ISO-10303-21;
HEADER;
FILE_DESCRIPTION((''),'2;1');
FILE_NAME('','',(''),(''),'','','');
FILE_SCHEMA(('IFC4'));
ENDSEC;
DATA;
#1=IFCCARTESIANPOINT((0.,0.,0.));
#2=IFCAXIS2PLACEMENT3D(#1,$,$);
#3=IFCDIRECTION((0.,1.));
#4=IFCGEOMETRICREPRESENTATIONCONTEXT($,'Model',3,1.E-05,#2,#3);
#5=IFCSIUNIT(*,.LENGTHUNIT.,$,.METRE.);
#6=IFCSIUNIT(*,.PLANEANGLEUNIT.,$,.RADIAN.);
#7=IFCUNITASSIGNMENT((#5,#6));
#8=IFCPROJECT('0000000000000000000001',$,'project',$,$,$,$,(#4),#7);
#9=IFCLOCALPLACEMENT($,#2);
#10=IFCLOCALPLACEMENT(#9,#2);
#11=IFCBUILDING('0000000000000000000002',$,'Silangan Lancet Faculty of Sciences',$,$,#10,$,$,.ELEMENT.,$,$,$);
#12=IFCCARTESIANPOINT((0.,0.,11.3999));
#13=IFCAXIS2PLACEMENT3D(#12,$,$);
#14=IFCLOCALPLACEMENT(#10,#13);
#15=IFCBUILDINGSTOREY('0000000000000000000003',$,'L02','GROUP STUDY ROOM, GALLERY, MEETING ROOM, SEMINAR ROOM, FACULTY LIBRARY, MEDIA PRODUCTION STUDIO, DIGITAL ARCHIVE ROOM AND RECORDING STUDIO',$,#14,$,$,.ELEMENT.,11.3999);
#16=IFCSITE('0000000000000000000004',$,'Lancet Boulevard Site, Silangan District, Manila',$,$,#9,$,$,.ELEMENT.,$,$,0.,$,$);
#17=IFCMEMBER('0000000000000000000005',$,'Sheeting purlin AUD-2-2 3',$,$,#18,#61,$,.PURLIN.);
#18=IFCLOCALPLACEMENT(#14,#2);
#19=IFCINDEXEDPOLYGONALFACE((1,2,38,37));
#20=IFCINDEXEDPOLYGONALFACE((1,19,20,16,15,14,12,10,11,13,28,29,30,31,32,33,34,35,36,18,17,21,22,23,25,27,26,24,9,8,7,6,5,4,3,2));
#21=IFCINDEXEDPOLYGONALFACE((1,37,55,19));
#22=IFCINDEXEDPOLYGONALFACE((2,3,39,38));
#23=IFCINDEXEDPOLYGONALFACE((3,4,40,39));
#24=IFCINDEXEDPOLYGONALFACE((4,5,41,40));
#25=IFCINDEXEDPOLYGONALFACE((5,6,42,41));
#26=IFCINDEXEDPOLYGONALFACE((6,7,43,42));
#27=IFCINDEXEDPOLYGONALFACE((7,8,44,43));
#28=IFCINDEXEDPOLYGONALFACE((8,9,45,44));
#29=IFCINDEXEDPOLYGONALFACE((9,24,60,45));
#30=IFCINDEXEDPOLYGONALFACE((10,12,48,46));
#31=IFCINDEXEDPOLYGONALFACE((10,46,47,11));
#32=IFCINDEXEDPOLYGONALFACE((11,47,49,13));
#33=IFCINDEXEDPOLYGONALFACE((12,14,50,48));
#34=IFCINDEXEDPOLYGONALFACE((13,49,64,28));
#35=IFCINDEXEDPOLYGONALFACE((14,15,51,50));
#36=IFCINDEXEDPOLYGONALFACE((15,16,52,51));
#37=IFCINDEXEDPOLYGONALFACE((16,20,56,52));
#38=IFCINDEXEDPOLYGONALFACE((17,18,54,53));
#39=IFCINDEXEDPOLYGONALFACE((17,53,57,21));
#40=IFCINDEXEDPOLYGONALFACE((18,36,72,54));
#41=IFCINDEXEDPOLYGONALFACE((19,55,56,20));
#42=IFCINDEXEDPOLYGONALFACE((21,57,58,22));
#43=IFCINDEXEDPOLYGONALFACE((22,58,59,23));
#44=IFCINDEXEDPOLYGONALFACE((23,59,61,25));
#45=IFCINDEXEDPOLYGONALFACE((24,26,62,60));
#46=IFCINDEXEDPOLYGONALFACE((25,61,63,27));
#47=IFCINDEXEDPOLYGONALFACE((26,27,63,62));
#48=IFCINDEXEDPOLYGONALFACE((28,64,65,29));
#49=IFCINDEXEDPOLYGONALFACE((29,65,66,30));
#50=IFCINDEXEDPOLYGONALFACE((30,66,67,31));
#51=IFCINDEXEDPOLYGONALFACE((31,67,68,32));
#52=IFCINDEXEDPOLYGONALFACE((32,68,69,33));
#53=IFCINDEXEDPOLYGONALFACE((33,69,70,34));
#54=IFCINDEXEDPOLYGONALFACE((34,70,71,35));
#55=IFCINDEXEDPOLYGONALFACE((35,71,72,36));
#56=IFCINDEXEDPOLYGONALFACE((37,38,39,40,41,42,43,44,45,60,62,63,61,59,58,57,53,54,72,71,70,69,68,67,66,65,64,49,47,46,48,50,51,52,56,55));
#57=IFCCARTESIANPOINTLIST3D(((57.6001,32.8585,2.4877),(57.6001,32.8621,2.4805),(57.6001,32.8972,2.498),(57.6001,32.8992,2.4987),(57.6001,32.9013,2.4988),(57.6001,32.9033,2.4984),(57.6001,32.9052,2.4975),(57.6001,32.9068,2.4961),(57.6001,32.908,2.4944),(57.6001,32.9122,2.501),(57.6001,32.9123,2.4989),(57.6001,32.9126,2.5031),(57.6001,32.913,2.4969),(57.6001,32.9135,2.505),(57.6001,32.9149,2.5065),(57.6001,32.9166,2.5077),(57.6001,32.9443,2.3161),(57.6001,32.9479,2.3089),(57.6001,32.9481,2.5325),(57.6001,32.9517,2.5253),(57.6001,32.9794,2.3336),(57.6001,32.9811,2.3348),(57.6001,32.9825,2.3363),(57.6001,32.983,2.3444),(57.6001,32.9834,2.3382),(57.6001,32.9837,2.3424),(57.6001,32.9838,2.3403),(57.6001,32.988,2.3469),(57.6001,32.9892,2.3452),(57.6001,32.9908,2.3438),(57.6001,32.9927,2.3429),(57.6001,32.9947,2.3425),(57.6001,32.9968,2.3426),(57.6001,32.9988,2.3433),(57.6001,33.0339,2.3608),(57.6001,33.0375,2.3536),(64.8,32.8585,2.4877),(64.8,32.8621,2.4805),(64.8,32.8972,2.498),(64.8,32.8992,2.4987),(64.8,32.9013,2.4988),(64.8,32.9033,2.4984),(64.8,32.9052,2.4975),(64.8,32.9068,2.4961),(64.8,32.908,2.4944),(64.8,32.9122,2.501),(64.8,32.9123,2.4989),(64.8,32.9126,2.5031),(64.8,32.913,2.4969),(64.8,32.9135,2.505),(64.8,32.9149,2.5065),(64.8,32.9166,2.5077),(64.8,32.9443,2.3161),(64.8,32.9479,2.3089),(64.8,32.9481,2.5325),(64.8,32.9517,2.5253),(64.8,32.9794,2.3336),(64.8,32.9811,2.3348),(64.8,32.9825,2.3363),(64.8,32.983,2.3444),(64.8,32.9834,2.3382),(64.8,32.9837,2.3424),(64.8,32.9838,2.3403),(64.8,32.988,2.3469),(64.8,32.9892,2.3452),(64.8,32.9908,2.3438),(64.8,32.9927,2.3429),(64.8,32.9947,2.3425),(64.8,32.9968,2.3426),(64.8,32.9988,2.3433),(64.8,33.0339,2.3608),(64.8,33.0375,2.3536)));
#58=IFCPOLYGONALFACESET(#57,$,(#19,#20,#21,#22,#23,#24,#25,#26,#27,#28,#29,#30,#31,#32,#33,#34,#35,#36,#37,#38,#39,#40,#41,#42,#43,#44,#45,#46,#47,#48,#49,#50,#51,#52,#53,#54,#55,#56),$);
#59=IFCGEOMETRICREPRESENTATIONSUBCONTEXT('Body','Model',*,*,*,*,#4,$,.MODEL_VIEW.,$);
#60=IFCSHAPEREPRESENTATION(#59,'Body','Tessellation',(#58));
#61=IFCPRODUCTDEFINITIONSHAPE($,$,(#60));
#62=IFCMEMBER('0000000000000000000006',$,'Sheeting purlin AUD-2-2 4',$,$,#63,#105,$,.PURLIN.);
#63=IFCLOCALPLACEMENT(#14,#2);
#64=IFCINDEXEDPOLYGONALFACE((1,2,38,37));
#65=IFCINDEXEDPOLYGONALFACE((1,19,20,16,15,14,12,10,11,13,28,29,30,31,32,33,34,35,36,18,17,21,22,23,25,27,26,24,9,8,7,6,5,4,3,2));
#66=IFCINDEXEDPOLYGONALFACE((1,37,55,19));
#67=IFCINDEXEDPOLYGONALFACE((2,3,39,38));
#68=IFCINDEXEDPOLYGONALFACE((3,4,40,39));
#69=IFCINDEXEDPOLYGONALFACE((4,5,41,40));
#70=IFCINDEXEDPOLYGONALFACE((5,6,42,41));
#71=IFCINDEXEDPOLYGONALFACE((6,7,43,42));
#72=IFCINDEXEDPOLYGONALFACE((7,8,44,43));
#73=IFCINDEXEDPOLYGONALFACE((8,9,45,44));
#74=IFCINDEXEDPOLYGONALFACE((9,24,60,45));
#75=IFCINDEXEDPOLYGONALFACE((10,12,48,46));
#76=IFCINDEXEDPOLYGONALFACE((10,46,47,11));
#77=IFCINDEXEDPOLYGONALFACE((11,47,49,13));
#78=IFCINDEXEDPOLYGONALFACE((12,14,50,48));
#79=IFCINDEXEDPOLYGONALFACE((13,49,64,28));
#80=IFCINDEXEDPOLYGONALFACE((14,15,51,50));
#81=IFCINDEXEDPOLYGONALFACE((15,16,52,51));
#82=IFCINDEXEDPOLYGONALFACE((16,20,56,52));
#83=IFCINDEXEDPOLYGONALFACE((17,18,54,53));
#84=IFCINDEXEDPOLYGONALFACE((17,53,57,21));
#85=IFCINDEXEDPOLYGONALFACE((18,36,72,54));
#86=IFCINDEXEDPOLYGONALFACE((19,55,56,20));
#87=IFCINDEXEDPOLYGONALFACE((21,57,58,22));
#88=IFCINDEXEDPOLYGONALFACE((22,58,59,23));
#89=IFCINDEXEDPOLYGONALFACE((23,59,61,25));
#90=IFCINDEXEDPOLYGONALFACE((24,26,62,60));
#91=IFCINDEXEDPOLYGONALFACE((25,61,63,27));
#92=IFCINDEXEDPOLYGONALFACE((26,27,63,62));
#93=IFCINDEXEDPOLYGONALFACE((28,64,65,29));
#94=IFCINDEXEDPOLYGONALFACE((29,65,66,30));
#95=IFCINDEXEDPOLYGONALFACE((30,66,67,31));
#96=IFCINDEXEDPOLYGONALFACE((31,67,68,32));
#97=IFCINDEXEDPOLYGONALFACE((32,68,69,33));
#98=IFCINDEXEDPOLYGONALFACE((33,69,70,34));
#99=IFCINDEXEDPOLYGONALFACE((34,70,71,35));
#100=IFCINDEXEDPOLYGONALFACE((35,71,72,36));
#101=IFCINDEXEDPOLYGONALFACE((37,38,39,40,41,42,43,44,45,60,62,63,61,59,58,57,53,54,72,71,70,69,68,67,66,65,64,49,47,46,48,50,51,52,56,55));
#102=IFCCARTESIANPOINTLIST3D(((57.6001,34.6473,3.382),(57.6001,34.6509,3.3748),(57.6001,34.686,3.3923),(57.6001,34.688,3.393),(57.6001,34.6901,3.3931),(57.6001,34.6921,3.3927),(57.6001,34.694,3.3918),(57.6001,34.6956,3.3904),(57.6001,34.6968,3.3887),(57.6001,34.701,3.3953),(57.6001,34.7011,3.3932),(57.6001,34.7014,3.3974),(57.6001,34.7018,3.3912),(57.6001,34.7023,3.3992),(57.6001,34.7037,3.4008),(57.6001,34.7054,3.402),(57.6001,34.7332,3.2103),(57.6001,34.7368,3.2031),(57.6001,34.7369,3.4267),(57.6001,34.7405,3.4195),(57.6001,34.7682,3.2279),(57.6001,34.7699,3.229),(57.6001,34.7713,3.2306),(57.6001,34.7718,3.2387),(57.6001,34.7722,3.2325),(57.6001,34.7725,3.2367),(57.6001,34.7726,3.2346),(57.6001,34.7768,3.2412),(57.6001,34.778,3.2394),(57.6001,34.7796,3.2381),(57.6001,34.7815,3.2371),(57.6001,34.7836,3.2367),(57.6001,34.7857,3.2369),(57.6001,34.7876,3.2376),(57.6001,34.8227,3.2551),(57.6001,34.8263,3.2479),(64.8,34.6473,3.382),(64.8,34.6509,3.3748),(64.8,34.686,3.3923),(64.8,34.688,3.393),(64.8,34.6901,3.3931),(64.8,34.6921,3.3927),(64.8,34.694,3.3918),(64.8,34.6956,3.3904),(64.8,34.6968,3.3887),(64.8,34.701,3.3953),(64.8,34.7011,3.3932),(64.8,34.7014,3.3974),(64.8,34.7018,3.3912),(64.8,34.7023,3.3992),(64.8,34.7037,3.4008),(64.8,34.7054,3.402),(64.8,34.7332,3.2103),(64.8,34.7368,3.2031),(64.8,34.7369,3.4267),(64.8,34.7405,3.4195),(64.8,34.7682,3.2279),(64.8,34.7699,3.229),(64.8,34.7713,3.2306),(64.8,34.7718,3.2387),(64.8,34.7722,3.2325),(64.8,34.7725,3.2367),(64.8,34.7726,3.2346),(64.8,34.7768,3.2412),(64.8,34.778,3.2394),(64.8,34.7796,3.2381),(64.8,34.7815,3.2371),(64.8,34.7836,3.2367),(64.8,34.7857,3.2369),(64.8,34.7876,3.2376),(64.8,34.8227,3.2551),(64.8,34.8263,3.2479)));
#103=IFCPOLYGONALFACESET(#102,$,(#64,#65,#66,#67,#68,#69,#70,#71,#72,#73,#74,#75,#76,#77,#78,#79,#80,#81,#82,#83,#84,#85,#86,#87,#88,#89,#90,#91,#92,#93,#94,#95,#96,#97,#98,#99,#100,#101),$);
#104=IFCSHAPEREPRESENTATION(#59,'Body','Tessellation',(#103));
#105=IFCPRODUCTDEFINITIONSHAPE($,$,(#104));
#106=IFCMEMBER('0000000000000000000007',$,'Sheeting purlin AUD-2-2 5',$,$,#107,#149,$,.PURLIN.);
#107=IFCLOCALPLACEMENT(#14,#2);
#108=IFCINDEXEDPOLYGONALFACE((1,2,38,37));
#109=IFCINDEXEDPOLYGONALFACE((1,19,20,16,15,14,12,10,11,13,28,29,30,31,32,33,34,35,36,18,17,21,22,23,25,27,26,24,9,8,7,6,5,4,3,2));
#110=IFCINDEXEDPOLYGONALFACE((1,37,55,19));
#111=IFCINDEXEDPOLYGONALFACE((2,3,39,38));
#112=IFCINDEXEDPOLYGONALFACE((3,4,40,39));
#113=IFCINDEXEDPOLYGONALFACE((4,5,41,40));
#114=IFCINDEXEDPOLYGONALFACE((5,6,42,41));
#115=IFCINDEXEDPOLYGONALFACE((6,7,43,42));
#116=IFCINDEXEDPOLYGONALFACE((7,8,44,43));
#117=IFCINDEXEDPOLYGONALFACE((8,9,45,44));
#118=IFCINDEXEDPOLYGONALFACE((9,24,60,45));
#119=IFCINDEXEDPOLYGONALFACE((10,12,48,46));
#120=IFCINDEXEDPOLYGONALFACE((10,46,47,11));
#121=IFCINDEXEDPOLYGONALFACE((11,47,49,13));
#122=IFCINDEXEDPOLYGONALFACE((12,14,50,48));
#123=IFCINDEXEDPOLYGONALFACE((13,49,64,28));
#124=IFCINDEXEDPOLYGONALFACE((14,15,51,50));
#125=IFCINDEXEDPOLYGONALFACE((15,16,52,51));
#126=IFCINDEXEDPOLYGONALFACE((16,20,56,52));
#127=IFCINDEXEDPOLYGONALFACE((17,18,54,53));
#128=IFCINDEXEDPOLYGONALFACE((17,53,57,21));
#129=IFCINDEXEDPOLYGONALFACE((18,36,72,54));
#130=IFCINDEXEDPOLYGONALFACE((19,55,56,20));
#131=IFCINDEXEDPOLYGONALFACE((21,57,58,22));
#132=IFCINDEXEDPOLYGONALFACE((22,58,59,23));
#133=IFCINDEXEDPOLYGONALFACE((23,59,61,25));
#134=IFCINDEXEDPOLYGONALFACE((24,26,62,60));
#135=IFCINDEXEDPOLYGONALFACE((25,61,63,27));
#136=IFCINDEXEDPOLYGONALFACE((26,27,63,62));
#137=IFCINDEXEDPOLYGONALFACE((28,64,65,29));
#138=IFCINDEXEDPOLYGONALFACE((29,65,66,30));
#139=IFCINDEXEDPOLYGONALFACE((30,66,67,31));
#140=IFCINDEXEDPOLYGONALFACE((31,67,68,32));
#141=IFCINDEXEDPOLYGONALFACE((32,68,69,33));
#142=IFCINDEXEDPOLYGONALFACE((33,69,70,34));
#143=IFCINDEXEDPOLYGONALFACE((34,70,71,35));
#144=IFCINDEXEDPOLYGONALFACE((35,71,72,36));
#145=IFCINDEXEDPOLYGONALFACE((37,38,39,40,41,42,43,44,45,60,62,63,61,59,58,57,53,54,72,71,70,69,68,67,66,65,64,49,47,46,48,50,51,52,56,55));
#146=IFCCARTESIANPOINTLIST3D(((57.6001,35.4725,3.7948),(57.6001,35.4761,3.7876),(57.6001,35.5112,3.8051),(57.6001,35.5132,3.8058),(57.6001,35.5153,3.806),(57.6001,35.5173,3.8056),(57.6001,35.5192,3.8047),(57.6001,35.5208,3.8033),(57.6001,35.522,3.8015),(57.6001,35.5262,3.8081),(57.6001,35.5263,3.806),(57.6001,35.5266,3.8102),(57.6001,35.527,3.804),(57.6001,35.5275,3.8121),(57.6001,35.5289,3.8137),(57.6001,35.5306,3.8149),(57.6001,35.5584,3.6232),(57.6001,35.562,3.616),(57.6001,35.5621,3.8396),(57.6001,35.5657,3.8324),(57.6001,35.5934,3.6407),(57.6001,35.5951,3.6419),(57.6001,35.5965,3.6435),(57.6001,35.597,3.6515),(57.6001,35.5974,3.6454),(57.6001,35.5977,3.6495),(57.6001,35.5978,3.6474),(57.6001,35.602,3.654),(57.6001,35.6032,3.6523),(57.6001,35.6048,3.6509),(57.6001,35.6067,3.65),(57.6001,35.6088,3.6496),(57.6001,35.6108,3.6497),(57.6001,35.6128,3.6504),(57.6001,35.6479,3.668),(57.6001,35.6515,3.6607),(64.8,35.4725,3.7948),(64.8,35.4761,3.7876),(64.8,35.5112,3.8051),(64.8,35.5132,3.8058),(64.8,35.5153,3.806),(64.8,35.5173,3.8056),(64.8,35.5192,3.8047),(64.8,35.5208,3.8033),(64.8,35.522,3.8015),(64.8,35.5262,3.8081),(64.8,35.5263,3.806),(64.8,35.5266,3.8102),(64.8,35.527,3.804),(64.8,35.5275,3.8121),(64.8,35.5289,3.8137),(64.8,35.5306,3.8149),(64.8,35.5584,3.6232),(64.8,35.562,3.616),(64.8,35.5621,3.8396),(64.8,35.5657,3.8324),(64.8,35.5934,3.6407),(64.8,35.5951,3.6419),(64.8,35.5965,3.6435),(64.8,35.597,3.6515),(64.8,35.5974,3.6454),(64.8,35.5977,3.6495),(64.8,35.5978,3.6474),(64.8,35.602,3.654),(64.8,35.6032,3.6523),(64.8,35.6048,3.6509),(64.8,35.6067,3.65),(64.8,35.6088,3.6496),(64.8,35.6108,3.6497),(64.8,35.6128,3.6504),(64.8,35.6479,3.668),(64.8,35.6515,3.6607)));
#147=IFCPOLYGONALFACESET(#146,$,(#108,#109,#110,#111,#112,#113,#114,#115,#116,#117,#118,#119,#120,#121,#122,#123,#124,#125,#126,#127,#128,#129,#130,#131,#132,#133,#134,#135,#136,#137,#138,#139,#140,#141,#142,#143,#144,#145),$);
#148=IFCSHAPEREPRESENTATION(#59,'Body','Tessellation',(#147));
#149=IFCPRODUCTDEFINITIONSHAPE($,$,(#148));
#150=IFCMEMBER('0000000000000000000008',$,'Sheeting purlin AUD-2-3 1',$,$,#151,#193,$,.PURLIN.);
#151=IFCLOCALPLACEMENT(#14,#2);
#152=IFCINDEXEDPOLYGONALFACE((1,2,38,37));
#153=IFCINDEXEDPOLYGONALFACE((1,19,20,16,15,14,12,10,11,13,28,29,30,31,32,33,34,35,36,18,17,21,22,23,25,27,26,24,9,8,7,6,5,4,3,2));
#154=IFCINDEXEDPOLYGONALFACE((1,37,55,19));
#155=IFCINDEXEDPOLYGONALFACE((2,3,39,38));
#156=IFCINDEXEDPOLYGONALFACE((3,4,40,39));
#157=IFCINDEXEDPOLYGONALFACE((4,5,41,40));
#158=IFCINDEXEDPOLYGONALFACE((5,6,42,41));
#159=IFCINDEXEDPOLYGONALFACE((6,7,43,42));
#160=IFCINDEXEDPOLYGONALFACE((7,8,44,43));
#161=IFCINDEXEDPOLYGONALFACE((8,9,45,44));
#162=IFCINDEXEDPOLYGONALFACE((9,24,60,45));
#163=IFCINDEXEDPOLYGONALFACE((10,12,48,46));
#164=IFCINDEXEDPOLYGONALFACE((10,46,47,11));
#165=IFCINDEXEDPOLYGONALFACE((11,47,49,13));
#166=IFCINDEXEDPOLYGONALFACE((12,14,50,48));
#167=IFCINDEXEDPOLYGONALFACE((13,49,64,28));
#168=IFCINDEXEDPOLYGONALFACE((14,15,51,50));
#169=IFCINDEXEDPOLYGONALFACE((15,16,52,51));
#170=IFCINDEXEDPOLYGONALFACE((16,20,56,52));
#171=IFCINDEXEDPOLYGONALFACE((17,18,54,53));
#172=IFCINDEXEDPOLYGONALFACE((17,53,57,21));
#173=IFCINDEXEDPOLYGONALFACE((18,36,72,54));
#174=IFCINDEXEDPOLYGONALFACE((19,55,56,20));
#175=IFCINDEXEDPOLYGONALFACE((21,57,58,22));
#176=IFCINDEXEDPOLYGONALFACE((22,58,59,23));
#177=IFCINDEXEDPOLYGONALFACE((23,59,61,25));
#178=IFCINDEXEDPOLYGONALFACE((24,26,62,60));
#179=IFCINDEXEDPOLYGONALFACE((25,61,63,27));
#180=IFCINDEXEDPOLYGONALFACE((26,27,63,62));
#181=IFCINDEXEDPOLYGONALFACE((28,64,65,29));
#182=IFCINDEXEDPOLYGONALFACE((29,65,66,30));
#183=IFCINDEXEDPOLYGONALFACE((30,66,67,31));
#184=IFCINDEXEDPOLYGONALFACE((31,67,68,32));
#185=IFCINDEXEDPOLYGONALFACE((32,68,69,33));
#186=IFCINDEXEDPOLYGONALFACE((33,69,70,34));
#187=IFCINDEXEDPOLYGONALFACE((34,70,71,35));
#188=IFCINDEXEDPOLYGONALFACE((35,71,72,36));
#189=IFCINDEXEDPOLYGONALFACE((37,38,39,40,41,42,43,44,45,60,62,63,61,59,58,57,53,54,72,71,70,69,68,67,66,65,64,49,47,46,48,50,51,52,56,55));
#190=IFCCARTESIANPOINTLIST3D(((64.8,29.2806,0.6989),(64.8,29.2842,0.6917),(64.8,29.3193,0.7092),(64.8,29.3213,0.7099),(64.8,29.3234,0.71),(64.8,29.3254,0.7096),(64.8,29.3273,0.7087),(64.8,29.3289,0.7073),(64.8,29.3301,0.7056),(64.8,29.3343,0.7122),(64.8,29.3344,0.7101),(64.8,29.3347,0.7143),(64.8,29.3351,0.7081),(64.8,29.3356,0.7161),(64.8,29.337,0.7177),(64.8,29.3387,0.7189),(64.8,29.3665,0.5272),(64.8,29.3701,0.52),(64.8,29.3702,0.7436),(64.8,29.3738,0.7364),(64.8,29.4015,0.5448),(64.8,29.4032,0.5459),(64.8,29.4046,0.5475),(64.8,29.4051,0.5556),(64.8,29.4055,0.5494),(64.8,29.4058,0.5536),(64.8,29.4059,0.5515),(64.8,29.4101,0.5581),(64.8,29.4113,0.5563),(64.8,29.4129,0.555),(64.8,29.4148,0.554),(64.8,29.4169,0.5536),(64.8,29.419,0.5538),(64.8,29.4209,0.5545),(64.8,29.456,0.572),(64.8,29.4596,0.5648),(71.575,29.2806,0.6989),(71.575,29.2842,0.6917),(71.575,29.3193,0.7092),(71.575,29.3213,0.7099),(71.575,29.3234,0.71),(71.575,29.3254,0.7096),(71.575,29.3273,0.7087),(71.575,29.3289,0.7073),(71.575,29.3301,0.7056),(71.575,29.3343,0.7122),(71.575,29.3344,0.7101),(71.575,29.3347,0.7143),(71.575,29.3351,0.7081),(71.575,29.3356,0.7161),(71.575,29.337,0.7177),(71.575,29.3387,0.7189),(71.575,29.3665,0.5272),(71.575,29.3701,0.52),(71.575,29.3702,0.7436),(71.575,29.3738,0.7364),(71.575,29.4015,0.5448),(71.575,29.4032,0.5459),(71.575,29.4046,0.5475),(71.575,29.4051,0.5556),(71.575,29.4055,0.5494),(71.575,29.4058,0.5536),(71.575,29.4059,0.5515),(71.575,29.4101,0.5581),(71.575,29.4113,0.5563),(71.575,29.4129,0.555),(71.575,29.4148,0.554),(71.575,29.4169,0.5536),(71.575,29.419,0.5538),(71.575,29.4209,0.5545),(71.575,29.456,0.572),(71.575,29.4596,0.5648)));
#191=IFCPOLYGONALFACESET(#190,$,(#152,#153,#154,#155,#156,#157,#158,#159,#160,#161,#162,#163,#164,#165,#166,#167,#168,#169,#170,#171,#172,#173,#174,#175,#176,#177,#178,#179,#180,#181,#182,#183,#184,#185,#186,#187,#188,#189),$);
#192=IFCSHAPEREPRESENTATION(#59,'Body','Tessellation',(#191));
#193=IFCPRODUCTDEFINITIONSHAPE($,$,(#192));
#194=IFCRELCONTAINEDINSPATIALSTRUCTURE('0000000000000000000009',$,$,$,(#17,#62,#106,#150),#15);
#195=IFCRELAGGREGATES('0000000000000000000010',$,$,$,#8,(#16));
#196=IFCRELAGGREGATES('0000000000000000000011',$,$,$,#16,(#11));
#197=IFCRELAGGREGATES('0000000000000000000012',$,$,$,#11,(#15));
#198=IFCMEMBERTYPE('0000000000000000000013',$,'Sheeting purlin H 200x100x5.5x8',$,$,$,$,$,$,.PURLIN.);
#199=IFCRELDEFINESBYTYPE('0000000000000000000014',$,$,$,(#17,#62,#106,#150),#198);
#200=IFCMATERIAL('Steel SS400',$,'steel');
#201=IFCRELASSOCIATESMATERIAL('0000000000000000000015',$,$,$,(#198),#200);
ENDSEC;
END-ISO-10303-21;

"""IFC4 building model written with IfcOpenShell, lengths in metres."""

from ifc_helpers import new_model, si_unit, direction, frame, origin, origin_2d, place, context, subcontext, project, spatial, i_section, extrude, material, material_profile, profile_set, type_object, element, save


model = new_model("IFC4")

# Units and contexts
model_context = context("Model", 3, precision=1e-05, world=origin(), true_north=direction((0.0, 1.0)))
body_context = subcontext(model_context, "Body", "Model", "MODEL_VIEW")
ifc_project = project(units=[si_unit("LENGTHUNIT", "METRE"), si_unit("PLANEANGLEUNIT", "RADIAN")], contexts=[model_context])

# Site, building, storey
site_placement = place(None, origin())
site = spatial("IfcSite", under=ifc_project, at=site_placement, Name="Lancet Boulevard Site, Silangan District, Manila", CompositionType="ELEMENT", RefElevation=0.0)
building_placement = place(site_placement, origin())
building = spatial("IfcBuilding", under=site, at=building_placement, Name="Silangan Lancet Faculty of Sciences", CompositionType="ELEMENT")
storey_placement = place(building_placement, frame((0.0, 0.0, 11.3999)))
storey = spatial("IfcBuildingStorey", under=building, at=storey_placement, Name="L02", Description="GROUP STUDY ROOM, GALLERY, MEETING ROOM, SEMINAR ROOM, FACULTY LIBRARY, MEDIA PRODUCTION STUDIO, DIGITAL ARCHIVE ROOM AND RECORDING STUDIO", CompositionType="ELEMENT", Elevation=11.3999)

# Members
ifc_material_1 = material(Name="Steel SS400", Category="steel")
ifc_material_profile_1 = material_profile(ifc_material_1, i_section(OverallWidth=0.1001, OverallDepth=0.2, WebThickness=0.0056, FlangeThickness=0.0081, FilletRadius=0.0081, at=origin_2d()), Name="H 200x100x5.5x8")
ifc_profile_set_1 = profile_set([ifc_material_profile_1], Name="Steel SS400")
member_type_1 = type_object("IfcMemberType", Name="Sheeting purlin H 200x100x5.5x8", PredefinedType="PURLIN", material=ifc_profile_set_1)
for number, where, z_axis, x_axis, name in (
    (1, (57.6001, 32.948, 2.4207), (1.0, 0.0, 0.0), (0.0, 0.894427, 0.447214), "Sheeting purlin AUD-2-2 3"),
    (2, (57.6001, 34.7368, 3.3149), (1.0, 0.0, 0.0), (0.0, 0.894427, 0.447214), "Sheeting purlin AUD-2-2 4"),
    (3, (57.6001, 35.562, 3.7278), (1.0, 0.0, 0.0), (0.0, 0.894427, 0.447214), "Sheeting purlin AUD-2-2 5"),
):
    element("IfcMember", number, at=place(storey_placement, frame(where, z_axis=z_axis, x_axis=x_axis)), inside=storey, type_object=member_type_1, Name=name, PredefinedType="PURLIN", context=body_context, shape_type="SweptSolid", body=[
        extrude(i_section(OverallWidth=0.1001, OverallDepth=0.2, WebThickness=0.0056, FlangeThickness=0.0081, FilletRadius=0.0081, at=origin_2d()), origin(), (0.0, 0.0, 1.0), 7.2),
    ])
for number, where, z_axis, x_axis, name in (
    (4, (64.8, 29.3701, 0.6318), (1.0, 0.0, 0.0), (0.0, 0.894427, 0.447214), "Sheeting purlin AUD-2-3 1"),
):
    element("IfcMember", number, at=place(storey_placement, frame(where, z_axis=z_axis, x_axis=x_axis)), inside=storey, type_object=member_type_1, Name=name, PredefinedType="PURLIN", context=body_context, shape_type="SweptSolid", body=[
        extrude(i_section(OverallWidth=0.1001, OverallDepth=0.2, WebThickness=0.0056, FlangeThickness=0.0081, FilletRadius=0.0081, at=origin_2d()), origin(), (0.0, 0.0, 1.0), 6.7749),
    ])

save(model, "model.ifc")
